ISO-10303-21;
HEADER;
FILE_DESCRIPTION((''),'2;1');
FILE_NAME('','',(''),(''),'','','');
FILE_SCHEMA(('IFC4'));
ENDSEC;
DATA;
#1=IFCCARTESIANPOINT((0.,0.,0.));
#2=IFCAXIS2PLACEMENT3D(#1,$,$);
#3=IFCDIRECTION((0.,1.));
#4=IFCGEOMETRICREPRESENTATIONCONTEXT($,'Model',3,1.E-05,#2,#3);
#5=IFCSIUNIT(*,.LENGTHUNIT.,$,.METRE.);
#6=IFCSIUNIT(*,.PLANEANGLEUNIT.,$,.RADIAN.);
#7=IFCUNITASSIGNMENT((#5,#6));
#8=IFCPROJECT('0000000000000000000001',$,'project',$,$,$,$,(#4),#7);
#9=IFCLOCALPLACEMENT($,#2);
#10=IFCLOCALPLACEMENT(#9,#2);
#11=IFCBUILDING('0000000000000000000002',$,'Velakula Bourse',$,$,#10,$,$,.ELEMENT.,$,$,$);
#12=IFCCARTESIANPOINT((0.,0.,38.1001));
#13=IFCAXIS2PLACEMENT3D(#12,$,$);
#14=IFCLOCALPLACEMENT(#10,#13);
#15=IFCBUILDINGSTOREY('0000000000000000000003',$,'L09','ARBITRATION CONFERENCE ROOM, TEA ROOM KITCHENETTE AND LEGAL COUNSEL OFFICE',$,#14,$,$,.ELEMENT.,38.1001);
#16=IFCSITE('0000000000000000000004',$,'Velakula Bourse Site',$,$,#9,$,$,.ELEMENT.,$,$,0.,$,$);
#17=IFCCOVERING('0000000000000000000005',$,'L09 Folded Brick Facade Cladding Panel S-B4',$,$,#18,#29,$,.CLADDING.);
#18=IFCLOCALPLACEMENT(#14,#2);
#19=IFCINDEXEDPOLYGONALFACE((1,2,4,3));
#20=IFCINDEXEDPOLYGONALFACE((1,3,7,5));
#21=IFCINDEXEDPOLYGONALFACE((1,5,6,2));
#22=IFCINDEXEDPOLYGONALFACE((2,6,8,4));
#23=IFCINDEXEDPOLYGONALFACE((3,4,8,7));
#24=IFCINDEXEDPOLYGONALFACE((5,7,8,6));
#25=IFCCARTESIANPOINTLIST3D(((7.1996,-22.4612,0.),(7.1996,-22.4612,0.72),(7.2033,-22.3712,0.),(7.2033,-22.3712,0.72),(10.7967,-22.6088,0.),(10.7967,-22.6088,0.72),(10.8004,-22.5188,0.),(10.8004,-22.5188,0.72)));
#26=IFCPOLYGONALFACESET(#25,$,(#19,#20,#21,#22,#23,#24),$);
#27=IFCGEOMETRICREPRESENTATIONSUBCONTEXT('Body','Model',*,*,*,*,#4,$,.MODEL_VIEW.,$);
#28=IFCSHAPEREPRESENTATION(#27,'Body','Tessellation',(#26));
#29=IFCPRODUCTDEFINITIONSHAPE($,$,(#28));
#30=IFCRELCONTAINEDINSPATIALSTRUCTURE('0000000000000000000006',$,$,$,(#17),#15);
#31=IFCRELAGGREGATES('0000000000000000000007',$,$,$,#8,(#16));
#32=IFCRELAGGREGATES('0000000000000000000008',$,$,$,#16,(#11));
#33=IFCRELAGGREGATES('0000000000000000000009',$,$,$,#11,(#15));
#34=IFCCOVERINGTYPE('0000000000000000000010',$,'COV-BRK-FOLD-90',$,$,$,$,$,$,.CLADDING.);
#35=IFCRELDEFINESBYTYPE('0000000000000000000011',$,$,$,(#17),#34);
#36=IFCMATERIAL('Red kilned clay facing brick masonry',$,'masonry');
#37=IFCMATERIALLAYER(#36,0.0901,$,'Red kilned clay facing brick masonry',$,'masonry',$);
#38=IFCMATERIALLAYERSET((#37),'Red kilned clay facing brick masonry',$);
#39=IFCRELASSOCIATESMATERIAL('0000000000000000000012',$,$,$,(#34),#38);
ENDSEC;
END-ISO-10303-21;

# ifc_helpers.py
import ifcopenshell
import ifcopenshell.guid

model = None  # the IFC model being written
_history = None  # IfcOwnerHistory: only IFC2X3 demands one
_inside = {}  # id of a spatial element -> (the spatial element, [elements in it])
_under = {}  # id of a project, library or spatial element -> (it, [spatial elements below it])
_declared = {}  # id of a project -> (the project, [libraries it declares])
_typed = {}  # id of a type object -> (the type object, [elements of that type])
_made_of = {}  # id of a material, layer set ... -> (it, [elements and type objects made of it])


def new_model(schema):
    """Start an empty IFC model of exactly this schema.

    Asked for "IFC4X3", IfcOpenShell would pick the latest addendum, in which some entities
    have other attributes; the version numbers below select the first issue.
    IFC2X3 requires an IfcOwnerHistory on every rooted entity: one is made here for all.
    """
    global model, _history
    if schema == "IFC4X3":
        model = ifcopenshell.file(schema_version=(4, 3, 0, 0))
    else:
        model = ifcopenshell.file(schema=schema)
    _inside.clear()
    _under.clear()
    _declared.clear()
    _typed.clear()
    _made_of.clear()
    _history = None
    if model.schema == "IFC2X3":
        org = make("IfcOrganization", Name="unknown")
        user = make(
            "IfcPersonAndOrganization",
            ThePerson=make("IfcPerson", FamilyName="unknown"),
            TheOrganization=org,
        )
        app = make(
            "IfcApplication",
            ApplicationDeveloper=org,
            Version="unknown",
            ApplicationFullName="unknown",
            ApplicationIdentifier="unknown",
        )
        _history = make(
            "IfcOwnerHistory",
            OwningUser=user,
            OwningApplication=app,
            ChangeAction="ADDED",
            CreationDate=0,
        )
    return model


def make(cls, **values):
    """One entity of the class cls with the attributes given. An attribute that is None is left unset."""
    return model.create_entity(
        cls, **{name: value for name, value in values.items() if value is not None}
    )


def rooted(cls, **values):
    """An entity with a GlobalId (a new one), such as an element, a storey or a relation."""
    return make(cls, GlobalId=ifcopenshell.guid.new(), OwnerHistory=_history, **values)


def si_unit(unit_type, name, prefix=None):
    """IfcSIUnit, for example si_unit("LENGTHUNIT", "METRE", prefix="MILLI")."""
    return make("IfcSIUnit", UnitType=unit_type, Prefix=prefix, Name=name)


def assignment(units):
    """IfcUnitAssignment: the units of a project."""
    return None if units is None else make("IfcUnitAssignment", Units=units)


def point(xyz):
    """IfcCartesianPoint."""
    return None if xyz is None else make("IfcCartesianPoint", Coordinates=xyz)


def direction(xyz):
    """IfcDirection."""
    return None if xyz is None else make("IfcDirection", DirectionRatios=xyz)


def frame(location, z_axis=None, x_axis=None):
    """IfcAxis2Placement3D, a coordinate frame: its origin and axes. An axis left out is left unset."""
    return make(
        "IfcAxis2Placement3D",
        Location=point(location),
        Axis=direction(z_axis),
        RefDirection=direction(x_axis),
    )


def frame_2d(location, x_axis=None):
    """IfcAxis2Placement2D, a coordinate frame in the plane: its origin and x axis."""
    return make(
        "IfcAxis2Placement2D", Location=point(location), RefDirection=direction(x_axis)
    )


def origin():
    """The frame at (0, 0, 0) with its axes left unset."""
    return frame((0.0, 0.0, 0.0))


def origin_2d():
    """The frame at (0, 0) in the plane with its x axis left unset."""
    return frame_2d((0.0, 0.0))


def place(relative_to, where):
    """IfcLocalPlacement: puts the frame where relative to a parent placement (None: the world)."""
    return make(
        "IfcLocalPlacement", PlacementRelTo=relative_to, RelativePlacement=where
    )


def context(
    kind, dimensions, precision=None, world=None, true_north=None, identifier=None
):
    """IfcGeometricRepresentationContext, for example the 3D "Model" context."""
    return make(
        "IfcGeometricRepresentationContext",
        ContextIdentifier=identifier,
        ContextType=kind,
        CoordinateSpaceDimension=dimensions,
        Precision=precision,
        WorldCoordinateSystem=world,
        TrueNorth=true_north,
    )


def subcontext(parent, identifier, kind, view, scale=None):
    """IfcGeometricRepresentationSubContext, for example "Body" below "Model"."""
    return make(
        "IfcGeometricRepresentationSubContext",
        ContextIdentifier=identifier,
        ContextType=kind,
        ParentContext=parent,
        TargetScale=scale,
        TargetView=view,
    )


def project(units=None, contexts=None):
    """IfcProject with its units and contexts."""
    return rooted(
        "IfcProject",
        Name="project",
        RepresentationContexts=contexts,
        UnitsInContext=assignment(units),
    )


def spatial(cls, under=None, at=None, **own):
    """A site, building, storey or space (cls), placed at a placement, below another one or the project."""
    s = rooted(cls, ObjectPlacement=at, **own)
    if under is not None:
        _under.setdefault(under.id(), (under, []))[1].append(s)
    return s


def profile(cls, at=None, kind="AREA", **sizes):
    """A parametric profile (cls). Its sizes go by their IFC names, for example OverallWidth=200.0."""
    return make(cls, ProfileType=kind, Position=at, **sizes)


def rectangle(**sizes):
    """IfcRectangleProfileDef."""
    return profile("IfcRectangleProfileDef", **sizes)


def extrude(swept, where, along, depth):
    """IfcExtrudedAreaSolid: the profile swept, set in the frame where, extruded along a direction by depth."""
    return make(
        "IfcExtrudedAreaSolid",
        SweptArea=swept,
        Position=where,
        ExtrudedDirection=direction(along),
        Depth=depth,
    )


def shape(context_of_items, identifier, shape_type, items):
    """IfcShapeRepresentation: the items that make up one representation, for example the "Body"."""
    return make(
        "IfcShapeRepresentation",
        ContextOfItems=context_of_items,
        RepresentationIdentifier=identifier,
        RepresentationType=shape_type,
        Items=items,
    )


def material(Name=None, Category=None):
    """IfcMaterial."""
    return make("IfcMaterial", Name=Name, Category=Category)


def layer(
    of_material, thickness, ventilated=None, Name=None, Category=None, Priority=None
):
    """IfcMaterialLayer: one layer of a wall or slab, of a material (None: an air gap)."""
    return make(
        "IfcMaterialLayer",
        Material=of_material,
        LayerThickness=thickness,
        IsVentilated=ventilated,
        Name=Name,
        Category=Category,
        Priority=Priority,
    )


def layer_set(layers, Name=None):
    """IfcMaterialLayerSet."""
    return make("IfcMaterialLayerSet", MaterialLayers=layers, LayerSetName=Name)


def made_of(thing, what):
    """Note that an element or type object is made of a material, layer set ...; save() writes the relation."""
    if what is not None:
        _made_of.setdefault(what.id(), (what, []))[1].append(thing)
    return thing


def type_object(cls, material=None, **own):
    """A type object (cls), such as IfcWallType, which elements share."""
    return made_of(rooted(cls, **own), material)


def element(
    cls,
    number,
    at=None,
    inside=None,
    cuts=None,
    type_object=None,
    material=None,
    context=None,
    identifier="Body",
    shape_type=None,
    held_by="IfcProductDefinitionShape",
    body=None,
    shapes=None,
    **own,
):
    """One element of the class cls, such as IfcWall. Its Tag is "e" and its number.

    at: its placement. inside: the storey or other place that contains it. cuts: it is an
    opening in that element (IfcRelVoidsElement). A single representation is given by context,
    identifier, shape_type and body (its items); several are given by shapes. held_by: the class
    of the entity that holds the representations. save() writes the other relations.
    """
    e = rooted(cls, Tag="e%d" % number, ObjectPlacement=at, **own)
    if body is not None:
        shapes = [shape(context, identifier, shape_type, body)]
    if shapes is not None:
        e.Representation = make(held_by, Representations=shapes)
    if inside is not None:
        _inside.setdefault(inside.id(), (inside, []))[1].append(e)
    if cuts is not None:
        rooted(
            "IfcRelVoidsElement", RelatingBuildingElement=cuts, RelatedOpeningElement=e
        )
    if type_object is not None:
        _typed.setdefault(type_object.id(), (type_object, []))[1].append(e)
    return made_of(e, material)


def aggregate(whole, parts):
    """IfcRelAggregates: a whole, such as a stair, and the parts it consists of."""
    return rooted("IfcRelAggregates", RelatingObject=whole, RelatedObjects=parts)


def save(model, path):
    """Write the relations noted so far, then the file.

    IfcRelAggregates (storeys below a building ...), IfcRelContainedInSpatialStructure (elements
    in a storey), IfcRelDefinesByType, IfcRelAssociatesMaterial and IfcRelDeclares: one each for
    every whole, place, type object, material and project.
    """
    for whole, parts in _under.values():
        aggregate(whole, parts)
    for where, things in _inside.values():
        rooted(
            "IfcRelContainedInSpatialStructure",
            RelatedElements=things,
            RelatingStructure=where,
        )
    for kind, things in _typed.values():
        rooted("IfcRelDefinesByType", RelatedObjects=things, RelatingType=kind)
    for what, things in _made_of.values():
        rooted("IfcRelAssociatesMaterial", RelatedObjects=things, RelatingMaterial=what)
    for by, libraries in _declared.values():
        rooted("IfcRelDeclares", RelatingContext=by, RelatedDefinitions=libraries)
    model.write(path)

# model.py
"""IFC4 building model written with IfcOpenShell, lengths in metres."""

from ifc_helpers import new_model, si_unit, direction, frame, origin, origin_2d, place, context, subcontext, project, spatial, rectangle, extrude, material, layer, layer_set, type_object, element, save


model = new_model("IFC4")

# Units and contexts
model_context = context("Model", 3, precision=1e-05, world=origin(), true_north=direction((0.0, 1.0)))
body_context = subcontext(model_context, "Body", "Model", "MODEL_VIEW")
ifc_project = project(units=[si_unit("LENGTHUNIT", "METRE"), si_unit("PLANEANGLEUNIT", "RADIAN")], contexts=[model_context])

# Site, building, storey
site_placement = place(None, origin())
site = spatial("IfcSite", under=ifc_project, at=site_placement, Name="Velakula Bourse Site", CompositionType="ELEMENT", RefElevation=0.0)
building_placement = place(site_placement, origin())
building = spatial("IfcBuilding", under=site, at=building_placement, Name="Velakula Bourse", CompositionType="ELEMENT")
storey_placement = place(building_placement, frame((0.0, 0.0, 38.1001)))
storey = spatial("IfcBuildingStorey", under=building, at=storey_placement, Name="L09", Description="ARBITRATION CONFERENCE ROOM, TEA ROOM KITCHENETTE AND LEGAL COUNSEL OFFICE", CompositionType="ELEMENT", Elevation=38.1001)

# Shared definitions
ifc_material_1 = material(Name="Red kilned clay facing brick masonry", Category="masonry")

# Covering
ifc_layer_1 = layer(ifc_material_1, 0.0901, Name="Red kilned clay facing brick masonry", Category="masonry")
ifc_layer_set_1 = layer_set([ifc_layer_1], Name="Red kilned clay facing brick masonry")
covering_type = type_object("IfcCoveringType", Name="COV-BRK-FOLD-90", PredefinedType="CLADDING", material=ifc_layer_set_1)
covering_placement = place(storey_placement, frame((9.0, -22.49, 0.0), z_axis=(0.0, 0.0, 1.0), x_axis=(0.999159, -0.041004, 0.0)))
element("IfcCovering", 1, at=covering_placement, inside=storey, type_object=covering_type, Name="L09 Folded Brick Facade Cladding Panel S-B4", PredefinedType="CLADDING", context=body_context, shape_type="SweptSolid", body=[
    extrude(rectangle(XDim=3.6001, YDim=0.0901, at=origin_2d()), origin(), (0.0, 0.0, 1.0), 0.72),
])

save(model, "model.ifc")
